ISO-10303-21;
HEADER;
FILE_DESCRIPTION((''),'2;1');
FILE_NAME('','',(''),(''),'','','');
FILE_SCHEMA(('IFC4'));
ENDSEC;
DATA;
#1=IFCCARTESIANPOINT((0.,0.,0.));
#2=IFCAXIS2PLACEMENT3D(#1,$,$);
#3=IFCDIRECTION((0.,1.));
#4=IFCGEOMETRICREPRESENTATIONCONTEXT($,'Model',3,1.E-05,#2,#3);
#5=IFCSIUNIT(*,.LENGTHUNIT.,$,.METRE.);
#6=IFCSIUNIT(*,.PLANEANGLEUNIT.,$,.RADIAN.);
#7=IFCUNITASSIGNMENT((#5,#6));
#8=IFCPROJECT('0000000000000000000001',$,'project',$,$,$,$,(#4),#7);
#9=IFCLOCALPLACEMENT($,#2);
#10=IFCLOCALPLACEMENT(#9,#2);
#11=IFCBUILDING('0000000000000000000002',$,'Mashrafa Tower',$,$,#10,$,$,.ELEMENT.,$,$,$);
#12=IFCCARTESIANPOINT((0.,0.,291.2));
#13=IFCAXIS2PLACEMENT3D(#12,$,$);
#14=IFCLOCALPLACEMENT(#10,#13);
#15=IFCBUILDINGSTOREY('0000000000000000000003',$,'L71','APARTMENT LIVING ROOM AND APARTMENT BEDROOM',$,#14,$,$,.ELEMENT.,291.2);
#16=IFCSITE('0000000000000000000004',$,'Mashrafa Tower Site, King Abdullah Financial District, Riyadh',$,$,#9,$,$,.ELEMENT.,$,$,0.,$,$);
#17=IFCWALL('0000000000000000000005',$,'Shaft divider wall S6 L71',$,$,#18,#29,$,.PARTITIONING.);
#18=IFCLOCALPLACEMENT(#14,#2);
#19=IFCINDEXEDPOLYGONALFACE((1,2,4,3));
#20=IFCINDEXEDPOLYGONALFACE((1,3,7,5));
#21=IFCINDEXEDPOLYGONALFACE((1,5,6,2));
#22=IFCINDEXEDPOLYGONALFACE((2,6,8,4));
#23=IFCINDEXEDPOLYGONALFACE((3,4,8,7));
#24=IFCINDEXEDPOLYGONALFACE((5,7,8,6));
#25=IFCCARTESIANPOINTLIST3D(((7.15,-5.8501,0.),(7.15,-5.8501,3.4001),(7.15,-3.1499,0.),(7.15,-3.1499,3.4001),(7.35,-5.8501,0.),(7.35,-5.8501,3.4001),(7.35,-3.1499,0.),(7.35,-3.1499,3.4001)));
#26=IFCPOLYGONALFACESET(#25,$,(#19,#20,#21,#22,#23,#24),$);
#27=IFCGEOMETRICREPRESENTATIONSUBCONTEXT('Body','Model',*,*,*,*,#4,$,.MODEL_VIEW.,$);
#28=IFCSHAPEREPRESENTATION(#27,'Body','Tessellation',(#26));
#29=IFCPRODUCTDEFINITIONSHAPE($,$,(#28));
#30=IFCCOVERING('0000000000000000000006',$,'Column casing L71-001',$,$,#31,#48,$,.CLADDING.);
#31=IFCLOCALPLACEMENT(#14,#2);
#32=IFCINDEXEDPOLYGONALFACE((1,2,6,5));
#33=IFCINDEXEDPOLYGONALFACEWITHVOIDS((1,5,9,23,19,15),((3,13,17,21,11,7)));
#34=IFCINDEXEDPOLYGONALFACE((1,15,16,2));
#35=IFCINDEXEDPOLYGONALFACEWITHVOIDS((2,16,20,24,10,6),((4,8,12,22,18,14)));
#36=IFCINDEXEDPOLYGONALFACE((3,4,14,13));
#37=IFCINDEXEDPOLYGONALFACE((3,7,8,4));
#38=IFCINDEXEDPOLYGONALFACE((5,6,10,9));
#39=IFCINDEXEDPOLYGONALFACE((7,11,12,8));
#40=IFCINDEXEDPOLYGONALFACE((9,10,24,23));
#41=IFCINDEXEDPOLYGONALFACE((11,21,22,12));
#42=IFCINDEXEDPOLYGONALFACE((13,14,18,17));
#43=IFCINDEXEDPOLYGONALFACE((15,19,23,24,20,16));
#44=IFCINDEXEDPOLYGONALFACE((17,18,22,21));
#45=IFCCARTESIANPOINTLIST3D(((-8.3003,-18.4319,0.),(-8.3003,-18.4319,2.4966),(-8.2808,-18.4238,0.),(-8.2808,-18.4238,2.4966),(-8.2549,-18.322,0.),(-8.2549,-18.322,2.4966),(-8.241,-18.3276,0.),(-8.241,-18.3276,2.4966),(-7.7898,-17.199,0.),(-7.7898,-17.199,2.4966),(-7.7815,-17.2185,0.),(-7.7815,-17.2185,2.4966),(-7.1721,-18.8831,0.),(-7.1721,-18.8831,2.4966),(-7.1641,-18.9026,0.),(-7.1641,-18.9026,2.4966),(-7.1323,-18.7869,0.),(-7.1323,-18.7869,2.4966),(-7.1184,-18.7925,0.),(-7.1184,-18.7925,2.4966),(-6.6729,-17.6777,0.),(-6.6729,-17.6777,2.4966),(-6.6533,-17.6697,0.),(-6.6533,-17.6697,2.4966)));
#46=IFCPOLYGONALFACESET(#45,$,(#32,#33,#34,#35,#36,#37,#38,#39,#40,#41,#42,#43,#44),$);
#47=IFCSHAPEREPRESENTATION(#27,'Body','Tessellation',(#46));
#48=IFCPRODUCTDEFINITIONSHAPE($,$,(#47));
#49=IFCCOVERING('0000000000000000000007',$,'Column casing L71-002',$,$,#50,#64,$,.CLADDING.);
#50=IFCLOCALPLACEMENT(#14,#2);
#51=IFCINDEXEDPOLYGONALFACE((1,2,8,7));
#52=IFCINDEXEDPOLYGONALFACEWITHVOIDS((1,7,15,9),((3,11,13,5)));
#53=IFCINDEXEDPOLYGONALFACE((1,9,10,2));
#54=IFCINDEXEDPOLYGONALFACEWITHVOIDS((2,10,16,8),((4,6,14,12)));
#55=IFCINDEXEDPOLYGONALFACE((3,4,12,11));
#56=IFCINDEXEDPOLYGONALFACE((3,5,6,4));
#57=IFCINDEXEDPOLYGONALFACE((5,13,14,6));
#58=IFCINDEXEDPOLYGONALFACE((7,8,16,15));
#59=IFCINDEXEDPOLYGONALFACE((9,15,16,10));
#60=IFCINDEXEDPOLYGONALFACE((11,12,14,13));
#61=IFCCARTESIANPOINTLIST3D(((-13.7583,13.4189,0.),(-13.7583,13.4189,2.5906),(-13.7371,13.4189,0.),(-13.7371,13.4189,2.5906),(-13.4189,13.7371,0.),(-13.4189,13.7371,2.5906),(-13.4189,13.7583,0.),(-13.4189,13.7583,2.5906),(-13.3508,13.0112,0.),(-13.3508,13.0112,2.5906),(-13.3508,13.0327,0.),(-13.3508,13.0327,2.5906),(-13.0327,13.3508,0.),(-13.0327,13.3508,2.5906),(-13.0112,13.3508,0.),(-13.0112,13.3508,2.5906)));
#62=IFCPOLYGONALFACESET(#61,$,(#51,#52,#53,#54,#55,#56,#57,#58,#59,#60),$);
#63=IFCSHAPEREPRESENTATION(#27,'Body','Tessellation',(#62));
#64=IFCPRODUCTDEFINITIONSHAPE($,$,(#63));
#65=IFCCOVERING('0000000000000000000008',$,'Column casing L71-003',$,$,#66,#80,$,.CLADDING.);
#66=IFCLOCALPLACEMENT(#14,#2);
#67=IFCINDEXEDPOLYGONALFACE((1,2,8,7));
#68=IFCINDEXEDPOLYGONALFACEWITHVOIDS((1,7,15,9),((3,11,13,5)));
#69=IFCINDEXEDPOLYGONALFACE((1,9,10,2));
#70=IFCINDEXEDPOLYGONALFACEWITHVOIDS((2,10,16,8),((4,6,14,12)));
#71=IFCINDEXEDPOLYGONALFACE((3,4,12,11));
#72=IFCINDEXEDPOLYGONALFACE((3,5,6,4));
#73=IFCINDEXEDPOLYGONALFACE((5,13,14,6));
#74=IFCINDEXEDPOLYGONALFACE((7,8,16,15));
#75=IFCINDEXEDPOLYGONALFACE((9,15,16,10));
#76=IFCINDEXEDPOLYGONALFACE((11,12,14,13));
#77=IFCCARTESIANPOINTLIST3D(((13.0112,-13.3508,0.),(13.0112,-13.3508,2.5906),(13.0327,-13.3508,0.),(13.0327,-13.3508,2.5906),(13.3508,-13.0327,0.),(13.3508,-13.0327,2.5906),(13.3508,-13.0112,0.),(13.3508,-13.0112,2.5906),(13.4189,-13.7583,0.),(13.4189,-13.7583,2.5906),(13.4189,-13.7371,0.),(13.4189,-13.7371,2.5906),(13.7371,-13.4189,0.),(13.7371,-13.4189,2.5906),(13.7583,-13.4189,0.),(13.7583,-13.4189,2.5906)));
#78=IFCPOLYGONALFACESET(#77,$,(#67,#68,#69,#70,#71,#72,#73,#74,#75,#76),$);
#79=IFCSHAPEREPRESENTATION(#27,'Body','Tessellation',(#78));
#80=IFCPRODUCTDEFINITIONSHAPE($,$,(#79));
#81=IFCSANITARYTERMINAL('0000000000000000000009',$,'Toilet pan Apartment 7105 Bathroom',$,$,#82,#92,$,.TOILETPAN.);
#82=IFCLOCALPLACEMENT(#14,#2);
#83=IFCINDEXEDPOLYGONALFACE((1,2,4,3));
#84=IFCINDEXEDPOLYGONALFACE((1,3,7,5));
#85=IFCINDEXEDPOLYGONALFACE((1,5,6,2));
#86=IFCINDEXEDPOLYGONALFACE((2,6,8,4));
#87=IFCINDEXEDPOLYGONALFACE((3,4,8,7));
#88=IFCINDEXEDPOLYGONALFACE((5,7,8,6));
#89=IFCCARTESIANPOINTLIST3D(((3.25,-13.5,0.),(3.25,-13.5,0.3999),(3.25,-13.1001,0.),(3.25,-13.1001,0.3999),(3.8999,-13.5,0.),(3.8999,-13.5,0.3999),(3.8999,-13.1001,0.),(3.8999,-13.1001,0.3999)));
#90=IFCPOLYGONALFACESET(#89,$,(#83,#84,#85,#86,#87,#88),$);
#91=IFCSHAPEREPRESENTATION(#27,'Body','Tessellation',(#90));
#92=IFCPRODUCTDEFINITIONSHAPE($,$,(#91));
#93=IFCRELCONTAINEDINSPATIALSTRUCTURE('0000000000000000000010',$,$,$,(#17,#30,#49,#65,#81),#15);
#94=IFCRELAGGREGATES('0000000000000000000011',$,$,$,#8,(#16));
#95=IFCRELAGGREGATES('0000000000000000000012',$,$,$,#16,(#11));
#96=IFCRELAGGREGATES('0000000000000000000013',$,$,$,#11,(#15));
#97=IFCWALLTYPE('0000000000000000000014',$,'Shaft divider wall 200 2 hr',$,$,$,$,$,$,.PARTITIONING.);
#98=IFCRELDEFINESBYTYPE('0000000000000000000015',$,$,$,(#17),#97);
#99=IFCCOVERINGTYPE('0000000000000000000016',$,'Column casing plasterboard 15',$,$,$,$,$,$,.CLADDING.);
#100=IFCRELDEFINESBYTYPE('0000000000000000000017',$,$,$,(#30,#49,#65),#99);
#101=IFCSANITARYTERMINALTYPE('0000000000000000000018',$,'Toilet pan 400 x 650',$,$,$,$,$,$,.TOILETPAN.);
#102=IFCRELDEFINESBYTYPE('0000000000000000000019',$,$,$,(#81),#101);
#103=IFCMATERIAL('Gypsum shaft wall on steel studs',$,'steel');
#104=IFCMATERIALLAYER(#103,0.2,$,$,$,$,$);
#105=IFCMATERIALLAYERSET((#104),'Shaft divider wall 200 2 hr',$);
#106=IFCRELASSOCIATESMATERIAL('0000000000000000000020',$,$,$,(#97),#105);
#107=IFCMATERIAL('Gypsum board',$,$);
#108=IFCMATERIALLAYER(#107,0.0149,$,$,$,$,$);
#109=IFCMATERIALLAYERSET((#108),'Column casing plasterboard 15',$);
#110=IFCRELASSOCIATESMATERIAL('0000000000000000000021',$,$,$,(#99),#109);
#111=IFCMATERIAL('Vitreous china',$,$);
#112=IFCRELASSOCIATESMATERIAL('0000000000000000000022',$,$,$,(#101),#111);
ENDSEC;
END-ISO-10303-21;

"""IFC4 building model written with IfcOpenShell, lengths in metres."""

from ifc_helpers import new_model, si_unit, direction, frame, frame_2d, origin, origin_2d, place, context, subcontext, project, spatial, polyline, rectangle, outline, extrude, material, layer, layer_set, type_object, element, save


model = new_model("IFC4")

# Units and contexts
model_context = context("Model", 3, precision=1e-05, world=origin(), true_north=direction((0.0, 1.0)))
body_context = subcontext(model_context, "Body", "Model", "MODEL_VIEW")
ifc_project = project(units=[si_unit("LENGTHUNIT", "METRE"), si_unit("PLANEANGLEUNIT", "RADIAN")], contexts=[model_context])

# Site, building, storey
site_placement = place(None, origin())
site = spatial("IfcSite", under=ifc_project, at=site_placement, Name="Mashrafa Tower Site, King Abdullah Financial District, Riyadh", CompositionType="ELEMENT", RefElevation=0.0)
building_placement = place(site_placement, origin())
building = spatial("IfcBuilding", under=site, at=building_placement, Name="Mashrafa Tower", CompositionType="ELEMENT")
storey_placement = place(building_placement, frame((0.0, 0.0, 291.2)))
storey = spatial("IfcBuildingStorey", under=building, at=storey_placement, Name="L71", Description="APARTMENT LIVING ROOM AND APARTMENT BEDROOM", CompositionType="ELEMENT", Elevation=291.2)

# Wall
ifc_material_1 = material(Name="Gypsum shaft wall on steel studs", Category="steel")
ifc_layer_1 = layer(ifc_material_1, 0.2)
ifc_layer_set_1 = layer_set([ifc_layer_1], Name="Shaft divider wall 200 2 hr")
wall_type_1 = type_object("IfcWallType", Name="Shaft divider wall 200 2 hr", PredefinedType="PARTITIONING", material=ifc_layer_set_1)
wall_1_placement = place(storey_placement, frame((7.25, -5.8501, 0.0), z_axis=(0.0, 0.0, 1.0), x_axis=(0.0, 1.0, 0.0)))
element("IfcWall", 1, at=wall_1_placement, inside=storey, type_object=wall_type_1, Name="Shaft divider wall S6 L71", PredefinedType="PARTITIONING", context=body_context, shape_type="SweptSolid", body=[
    extrude(rectangle(XDim=2.7002, YDim=0.2, at=frame_2d((1.3501, 0.0))), origin(), (0.0, 0.0, 1.0), 3.4001),
])

# Coverings
ifc_material_2 = material(Name="Gypsum board")
ifc_layer_2 = layer(ifc_material_2, 0.0149)
ifc_layer_set_2 = layer_set([ifc_layer_2], Name="Column casing plasterboard 15")
covering_type = type_object("IfcCoveringType", Name="Column casing plasterboard 15", PredefinedType="CLADDING", material=ifc_layer_set_2)
covering_1_placement = place(storey_placement, origin())
element("IfcCovering", 2, at=covering_1_placement, inside=storey, type_object=covering_type, Name="Column casing L71-001", PredefinedType="CLADDING", context=body_context, shape_type="SweptSolid", body=[
    extrude(outline(polyline([(-8.3003, -18.4319), (-8.2549, -18.322), (-7.7898, -17.199), (-6.6533, -17.6697), (-7.1184, -18.7925), (-7.1641, -18.9026), (-8.3003, -18.4319)]), holes=[polyline([(-7.1323, -18.7869), (-6.6729, -17.6777), (-7.7815, -17.2185), (-8.241, -18.3276), (-8.2808, -18.4238), (-7.1721, -18.8831), (-7.1323, -18.7869)])]), origin(), (0.0, 0.0, 1.0), 2.4966),
])
covering_2_placement = place(storey_placement, origin())
element("IfcCovering", 3, at=covering_2_placement, inside=storey, type_object=covering_type, Name="Column casing L71-002", PredefinedType="CLADDING", context=body_context, shape_type="SweptSolid", body=[
    extrude(outline(polyline([(-13.7583, 13.4189), (-13.4189, 13.7583), (-13.0112, 13.3508), (-13.3508, 13.0112), (-13.7583, 13.4189)]), holes=[polyline([(-13.0327, 13.3508), (-13.4189, 13.7371), (-13.7371, 13.4189), (-13.3508, 13.0327), (-13.0327, 13.3508)])]), origin(), (0.0, 0.0, 1.0), 2.5906),
])
covering_3_placement = place(storey_placement, origin())
element("IfcCovering", 4, at=covering_3_placement, inside=storey, type_object=covering_type, Name="Column casing L71-003", PredefinedType="CLADDING", context=body_context, shape_type="SweptSolid", body=[
    extrude(outline(polyline([(13.0112, -13.3508), (13.3508, -13.0112), (13.7583, -13.4189), (13.4189, -13.7583), (13.0112, -13.3508)]), holes=[polyline([(13.7371, -13.4189), (13.3508, -13.0327), (13.0327, -13.3508), (13.4189, -13.7371), (13.7371, -13.4189)])]), origin(), (0.0, 0.0, 1.0), 2.5906),
])

# Sanitary terminal
ifc_material_3 = material(Name="Vitreous china")
sanitary_terminal_type = type_object("IfcSanitaryTerminalType", Name="Toilet pan 400 x 650", PredefinedType="TOILETPAN", material=ifc_material_3)
sanitary_terminal_placement = place(storey_placement, frame((3.575, -13.3, 0.0), z_axis=(0.0, 0.0, 1.0), x_axis=(0.0, -1.0, 0.0)))
element("IfcSanitaryTerminal", 5, at=sanitary_terminal_placement, inside=storey, type_object=sanitary_terminal_type, Name="Toilet pan Apartment 7105 Bathroom", PredefinedType="TOILETPAN", context=body_context, shape_type="SweptSolid", body=[
    extrude(rectangle(XDim=0.3999, YDim=0.6499, at=origin_2d()), origin(), (0.0, 0.0, 1.0), 0.3999),
])

save(model, "model.ifc")
